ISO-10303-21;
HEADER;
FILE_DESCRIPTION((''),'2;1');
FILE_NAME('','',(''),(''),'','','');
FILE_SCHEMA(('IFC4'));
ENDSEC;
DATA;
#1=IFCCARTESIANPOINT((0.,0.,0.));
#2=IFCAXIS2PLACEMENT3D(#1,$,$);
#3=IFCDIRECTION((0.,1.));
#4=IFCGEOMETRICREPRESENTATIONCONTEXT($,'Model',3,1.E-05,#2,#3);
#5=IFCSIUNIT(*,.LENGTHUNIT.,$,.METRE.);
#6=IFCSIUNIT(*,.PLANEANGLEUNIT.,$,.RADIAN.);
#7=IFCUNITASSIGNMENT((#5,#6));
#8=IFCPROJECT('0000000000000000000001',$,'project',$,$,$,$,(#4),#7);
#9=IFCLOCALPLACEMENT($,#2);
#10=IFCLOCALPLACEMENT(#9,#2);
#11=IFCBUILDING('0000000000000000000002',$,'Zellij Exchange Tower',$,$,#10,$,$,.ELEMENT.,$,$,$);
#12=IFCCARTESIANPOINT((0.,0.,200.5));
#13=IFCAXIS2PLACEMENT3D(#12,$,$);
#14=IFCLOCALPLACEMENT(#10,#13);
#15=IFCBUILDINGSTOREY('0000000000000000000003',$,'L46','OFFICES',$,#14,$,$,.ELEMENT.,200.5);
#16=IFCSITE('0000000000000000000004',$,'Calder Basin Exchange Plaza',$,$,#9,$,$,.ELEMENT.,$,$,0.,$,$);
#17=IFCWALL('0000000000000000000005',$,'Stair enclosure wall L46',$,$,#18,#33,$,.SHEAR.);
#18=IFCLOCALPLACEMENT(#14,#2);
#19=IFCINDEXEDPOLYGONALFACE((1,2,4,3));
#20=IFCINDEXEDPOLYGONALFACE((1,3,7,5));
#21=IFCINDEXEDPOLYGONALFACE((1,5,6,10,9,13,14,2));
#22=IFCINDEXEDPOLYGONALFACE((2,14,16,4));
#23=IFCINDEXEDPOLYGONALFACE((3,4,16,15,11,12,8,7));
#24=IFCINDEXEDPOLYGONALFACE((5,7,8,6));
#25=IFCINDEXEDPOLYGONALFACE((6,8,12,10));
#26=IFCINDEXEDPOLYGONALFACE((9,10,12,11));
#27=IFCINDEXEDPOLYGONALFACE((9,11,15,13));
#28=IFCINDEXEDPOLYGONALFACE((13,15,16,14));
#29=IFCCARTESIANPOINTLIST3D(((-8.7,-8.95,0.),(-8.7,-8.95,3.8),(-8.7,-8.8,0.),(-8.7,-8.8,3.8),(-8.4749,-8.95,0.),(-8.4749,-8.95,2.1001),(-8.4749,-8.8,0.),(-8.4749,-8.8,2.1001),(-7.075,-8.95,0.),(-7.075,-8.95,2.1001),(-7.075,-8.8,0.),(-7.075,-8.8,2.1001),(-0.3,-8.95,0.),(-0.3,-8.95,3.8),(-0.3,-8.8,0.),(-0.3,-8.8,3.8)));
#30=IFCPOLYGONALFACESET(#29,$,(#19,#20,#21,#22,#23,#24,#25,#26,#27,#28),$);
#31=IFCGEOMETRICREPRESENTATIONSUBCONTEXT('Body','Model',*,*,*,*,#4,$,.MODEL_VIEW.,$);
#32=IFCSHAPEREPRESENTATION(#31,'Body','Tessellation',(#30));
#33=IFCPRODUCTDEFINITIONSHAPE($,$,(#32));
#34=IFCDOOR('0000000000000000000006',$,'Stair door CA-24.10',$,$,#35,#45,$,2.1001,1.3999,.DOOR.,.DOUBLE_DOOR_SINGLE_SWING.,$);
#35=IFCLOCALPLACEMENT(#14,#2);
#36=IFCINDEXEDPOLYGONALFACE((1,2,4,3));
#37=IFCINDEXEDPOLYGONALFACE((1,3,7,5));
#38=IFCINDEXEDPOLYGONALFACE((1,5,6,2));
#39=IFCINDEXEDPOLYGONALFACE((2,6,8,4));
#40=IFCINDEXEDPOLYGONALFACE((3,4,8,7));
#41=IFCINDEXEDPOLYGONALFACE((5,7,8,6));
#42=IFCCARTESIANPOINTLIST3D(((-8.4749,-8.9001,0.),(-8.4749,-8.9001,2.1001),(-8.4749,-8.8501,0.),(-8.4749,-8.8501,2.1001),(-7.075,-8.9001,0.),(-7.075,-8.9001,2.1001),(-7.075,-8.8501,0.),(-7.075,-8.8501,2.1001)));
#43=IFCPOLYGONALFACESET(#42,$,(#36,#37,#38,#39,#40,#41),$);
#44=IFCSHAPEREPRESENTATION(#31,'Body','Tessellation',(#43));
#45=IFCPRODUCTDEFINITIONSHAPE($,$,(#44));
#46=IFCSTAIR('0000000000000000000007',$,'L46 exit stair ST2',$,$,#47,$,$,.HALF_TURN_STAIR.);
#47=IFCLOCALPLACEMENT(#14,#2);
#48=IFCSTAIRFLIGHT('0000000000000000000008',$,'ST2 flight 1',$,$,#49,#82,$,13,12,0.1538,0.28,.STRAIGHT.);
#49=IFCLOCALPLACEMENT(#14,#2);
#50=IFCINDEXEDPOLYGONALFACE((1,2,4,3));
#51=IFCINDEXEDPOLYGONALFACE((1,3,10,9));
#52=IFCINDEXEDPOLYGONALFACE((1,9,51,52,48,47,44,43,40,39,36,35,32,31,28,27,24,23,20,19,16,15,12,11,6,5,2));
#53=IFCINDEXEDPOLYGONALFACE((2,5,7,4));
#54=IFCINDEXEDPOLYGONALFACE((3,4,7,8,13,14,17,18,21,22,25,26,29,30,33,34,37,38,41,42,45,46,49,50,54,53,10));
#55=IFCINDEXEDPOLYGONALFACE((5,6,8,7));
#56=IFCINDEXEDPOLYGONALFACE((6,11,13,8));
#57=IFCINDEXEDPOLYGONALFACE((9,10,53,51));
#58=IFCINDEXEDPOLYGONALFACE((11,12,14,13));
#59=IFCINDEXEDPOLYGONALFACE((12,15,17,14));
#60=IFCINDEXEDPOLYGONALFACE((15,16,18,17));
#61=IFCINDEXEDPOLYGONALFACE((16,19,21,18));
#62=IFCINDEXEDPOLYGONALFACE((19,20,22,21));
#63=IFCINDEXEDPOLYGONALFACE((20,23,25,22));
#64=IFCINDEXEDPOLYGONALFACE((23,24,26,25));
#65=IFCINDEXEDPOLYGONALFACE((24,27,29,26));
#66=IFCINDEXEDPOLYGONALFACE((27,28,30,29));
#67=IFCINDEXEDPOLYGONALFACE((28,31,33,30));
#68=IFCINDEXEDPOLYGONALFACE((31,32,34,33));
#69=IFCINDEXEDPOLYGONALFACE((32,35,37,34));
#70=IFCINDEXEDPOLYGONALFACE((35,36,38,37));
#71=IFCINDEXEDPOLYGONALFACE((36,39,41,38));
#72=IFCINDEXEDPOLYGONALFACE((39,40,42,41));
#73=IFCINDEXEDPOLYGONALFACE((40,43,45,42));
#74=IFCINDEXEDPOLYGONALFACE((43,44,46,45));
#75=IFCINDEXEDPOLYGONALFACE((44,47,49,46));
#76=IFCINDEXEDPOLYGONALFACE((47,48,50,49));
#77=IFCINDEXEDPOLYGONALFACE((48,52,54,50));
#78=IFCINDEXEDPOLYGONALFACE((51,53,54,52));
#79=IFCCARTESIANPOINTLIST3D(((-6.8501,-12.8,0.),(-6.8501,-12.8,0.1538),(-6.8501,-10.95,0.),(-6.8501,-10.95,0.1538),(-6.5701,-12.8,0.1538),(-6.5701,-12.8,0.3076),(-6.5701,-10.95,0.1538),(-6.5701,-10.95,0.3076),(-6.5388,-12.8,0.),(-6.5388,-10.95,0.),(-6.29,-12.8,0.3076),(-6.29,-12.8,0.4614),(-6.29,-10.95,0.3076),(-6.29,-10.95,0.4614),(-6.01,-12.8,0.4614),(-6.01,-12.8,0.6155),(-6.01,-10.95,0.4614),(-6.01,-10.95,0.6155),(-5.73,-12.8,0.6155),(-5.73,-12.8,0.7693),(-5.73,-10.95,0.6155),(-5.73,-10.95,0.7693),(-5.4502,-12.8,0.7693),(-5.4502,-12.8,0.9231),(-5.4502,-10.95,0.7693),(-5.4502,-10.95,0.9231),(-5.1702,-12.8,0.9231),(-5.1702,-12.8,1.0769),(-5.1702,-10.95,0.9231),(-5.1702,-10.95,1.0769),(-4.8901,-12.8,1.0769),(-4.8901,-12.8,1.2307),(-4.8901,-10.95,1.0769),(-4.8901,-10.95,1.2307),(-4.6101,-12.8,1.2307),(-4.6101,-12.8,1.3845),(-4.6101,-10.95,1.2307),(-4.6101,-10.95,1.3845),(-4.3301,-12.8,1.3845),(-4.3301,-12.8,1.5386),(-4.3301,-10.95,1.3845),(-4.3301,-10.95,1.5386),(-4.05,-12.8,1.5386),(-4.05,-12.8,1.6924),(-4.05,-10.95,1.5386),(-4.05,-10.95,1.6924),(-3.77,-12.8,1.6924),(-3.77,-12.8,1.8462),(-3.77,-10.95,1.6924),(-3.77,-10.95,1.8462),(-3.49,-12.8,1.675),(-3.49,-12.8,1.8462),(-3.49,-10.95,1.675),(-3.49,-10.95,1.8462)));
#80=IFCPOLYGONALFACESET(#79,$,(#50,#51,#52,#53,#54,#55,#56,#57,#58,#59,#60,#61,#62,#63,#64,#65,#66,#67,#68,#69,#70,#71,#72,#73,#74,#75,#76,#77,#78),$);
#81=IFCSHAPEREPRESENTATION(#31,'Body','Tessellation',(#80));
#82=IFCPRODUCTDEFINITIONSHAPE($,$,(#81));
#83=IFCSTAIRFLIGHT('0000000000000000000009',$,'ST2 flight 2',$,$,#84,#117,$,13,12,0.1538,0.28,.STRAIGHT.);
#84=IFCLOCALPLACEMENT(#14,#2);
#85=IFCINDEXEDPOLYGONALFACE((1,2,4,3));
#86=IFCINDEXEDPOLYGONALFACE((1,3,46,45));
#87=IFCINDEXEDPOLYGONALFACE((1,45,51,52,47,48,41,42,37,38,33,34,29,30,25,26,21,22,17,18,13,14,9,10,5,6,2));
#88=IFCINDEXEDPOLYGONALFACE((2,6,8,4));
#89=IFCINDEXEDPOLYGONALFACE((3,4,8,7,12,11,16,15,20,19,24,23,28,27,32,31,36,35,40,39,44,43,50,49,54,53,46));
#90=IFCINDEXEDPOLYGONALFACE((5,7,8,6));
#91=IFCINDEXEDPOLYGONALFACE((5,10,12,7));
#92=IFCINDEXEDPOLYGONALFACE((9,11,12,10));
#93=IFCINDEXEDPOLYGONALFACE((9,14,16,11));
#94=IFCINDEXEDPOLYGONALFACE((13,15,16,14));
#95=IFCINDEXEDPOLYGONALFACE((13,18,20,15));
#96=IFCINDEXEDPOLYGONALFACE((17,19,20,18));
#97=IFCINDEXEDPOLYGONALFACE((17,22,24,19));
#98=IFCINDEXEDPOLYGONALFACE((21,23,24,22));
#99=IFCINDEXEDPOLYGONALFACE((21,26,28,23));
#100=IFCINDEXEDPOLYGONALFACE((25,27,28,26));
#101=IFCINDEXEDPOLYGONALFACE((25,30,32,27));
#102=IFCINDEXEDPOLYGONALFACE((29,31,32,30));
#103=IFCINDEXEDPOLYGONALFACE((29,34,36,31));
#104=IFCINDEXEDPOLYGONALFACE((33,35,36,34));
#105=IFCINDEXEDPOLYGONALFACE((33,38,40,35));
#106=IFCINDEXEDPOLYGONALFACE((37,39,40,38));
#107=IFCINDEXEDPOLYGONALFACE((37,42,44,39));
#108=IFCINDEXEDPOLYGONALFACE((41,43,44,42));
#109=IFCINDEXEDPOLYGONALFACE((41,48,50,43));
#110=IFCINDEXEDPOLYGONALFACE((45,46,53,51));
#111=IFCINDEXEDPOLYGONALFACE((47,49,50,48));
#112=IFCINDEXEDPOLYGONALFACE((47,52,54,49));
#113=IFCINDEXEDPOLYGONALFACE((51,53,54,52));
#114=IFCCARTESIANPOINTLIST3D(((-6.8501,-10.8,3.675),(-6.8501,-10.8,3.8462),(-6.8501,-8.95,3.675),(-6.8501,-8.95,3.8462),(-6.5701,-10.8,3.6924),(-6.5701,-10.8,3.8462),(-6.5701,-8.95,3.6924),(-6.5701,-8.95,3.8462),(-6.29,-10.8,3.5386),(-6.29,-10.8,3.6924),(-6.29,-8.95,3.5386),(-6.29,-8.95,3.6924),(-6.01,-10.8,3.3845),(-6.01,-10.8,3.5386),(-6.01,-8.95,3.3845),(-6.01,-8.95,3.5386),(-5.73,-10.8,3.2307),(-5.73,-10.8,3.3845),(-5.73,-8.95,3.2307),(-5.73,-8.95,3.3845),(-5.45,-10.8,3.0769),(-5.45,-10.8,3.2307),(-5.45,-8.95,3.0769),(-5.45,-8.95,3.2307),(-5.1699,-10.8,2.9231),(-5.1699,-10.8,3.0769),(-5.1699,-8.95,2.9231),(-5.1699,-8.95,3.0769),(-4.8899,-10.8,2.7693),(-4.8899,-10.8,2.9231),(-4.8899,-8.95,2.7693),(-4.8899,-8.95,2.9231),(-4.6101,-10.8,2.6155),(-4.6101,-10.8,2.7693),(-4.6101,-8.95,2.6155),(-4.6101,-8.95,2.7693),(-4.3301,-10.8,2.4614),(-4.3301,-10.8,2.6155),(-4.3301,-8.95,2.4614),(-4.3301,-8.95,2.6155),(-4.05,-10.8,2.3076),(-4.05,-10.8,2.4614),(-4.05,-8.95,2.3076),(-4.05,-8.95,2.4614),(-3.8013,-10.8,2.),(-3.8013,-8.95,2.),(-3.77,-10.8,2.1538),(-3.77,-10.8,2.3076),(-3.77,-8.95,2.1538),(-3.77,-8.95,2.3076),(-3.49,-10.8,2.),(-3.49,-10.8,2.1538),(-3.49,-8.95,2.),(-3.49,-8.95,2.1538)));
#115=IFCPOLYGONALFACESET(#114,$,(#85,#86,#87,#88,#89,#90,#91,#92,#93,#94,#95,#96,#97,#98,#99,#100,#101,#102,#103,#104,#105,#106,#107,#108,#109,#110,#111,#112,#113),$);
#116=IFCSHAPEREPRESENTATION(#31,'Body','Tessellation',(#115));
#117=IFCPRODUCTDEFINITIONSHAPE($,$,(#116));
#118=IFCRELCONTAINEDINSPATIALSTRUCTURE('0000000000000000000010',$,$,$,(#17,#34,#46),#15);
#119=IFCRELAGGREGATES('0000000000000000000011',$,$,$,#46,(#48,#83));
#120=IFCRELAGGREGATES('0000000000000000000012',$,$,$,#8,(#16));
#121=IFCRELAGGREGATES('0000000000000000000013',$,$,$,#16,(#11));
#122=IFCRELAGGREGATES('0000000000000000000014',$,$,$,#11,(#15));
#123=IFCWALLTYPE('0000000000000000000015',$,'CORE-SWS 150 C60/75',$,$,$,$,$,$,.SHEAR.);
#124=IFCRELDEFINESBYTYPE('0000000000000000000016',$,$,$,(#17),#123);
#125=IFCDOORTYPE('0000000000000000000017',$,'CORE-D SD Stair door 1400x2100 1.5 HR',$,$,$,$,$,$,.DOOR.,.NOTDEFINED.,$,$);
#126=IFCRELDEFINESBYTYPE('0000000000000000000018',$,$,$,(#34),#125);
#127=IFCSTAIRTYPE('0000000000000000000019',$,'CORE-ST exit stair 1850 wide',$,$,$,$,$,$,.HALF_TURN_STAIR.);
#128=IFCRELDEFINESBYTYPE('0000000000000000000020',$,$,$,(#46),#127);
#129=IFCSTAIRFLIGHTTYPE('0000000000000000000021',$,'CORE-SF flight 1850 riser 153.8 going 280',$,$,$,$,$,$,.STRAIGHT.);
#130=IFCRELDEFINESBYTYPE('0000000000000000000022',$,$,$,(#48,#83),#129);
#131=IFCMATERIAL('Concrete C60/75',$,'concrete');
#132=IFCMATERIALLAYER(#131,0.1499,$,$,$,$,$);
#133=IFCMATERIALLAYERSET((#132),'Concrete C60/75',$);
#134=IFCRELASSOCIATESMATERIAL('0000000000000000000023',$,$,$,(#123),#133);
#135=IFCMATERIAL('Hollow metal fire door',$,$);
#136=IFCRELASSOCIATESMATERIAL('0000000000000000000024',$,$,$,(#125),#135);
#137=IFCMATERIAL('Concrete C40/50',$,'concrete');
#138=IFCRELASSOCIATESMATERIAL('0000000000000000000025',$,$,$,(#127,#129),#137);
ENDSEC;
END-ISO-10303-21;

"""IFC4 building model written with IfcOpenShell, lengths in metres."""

from ifc_helpers import new_model, si_unit, direction, frame, frame_2d, origin, place, context, subcontext, project, spatial, polyline, rectangle, outline, extrude, material, layer, layer_set, type_object, element, fill, aggregate, save


model = new_model("IFC4")

# Units and contexts
model_context = context("Model", 3, precision=1e-05, world=origin(), true_north=direction((0.0, 1.0)))
body_context = subcontext(model_context, "Body", "Model", "MODEL_VIEW")
ifc_project = project(units=[si_unit("LENGTHUNIT", "METRE"), si_unit("PLANEANGLEUNIT", "RADIAN")], contexts=[model_context])

# Site, building, storey
site_placement = place(None, origin())
site = spatial("IfcSite", under=ifc_project, at=site_placement, Name="Calder Basin Exchange Plaza", CompositionType="ELEMENT", RefElevation=0.0)
building_placement = place(site_placement, origin())
building = spatial("IfcBuilding", under=site, at=building_placement, Name="Zellij Exchange Tower", CompositionType="ELEMENT")
storey_placement = place(building_placement, frame((0.0, 0.0, 200.5)))
storey = spatial("IfcBuildingStorey", under=building, at=storey_placement, Name="L46", Description="OFFICES", CompositionType="ELEMENT", Elevation=200.5)

# Shared definitions
ifc_material_1 = material(Name="Concrete C60/75", Category="concrete")

# Shared definitions
ifc_material_2 = material(Name="Concrete C40/50", Category="concrete")

# Shared definitions
ifc_material_3 = material(Name="Hollow metal fire door")

# Wall, opening, door
ifc_layer_1 = layer(ifc_material_1, 0.1499)
ifc_layer_set_1 = layer_set([ifc_layer_1], Name="Concrete C60/75")
wall_type_1 = type_object("IfcWallType", Name="CORE-SWS 150 C60/75", PredefinedType="SHEAR", material=ifc_layer_set_1)
wall_1_placement = place(storey_placement, frame((-8.7, -8.875, 0.0), z_axis=(0.0, 0.0, 1.0), x_axis=(1.0, 0.0, 0.0)))
wall_1 = element("IfcWall", 1, at=wall_1_placement, inside=storey, type_object=wall_type_1, Name="Stair enclosure wall L46", PredefinedType="SHEAR", context=body_context, shape_type="SweptSolid", body=[
    extrude(rectangle(XDim=8.3999, YDim=0.1499, at=frame_2d((4.2, 0.0))), origin(), (0.0, 0.0, 1.0), 3.8),
])
opening_1_placement = place(wall_1_placement, frame((0.2251, 0.0, 0.0)))
opening_1 = element("IfcOpeningElement", 2, at=opening_1_placement, cuts=wall_1, PredefinedType="OPENING", context=body_context, shape_type="SweptSolid", body=[
    extrude(rectangle(XDim=1.3999, YDim=2.1001, at=frame_2d((0.7, 1.05))), frame((0.0, 0.0869, 0.0), z_axis=(0.0, -1.0, 0.0), x_axis=(1.0, 0.0, 0.0)), (0.0, 0.0, 1.0), 0.1738),
])
door_type_1 = type_object("IfcDoorType", Name="CORE-D SD Stair door 1400x2100 1.5 HR", OperationType="NOTDEFINED", PredefinedType="DOOR", material=ifc_material_3)
door_1_placement = place(opening_1_placement, origin())
door_1 = element("IfcDoor", 3, at=door_1_placement, inside=storey, type_object=door_type_1, Name="Stair door CA-24.10", OperationType="DOUBLE_DOOR_SINGLE_SWING", OverallHeight=2.1001, OverallWidth=1.3999, PredefinedType="DOOR", context=body_context, shape_type="SweptSolid", body=[
    extrude(rectangle(XDim=1.3999, YDim=2.1001, at=frame_2d((0.7, 1.05))), frame((0.0, 0.0249, 0.0), z_axis=(0.0, -1.0, 0.0), x_axis=(1.0, 0.0, 0.0)), (0.0, 0.0, 1.0), 0.05),
])
fill(opening_1, door_1)

# Stair, stair flights
stair_type = type_object("IfcStairType", Name="CORE-ST exit stair 1850 wide", PredefinedType="HALF_TURN_STAIR", material=ifc_material_2)
stair_placement = place(storey_placement, origin())
stair = element("IfcStair", 4, at=stair_placement, inside=storey, type_object=stair_type, Name="L46 exit stair ST2", PredefinedType="HALF_TURN_STAIR")
stair_flight_type = type_object("IfcStairFlightType", Name="CORE-SF flight 1850 riser 153.8 going 280", PredefinedType="STRAIGHT", material=ifc_material_2)
stair_flight_1_placement = place(storey_placement, frame((-6.8501, -11.875, 0.0), z_axis=(0.0, 0.0, 1.0), x_axis=(1.0, 0.0, 0.0)))
stair_flight_1 = element("IfcStairFlight", 5, at=stair_flight_1_placement, type_object=stair_flight_type, Name="ST2 flight 1", NumberOfRisers=13, NumberOfTreads=12, PredefinedType="STRAIGHT", RiserHeight=0.1538, TreadLength=0.28, context=body_context, shape_type="SweptSolid", body=[
    extrude(outline(polyline([(0.0, 0.0), (0.0, 0.1538), (0.28, 0.1538), (0.28, 0.3076), (0.5601, 0.3076), (0.5601, 0.4614), (0.8401, 0.4614), (0.8401, 0.6155), (1.1201, 0.6155), (1.1201, 0.7693), (1.3999, 0.7693), (1.3999, 0.9231), (1.6799, 0.9231), (1.6799, 1.0769), (1.96, 1.0769), (1.96, 1.2307), (2.24, 1.2307), (2.24, 1.3845), (2.52, 1.3845), (2.52, 1.5386), (2.8, 1.5386), (2.8, 1.6924), (3.0801, 1.6924), (3.0801, 1.8462), (3.3601, 1.8462), (3.3601, 2.0), (3.3601, 1.675), (0.3113, 0.0), (0.0, 0.0)])), frame((0.0, 0.925, 0.0), z_axis=(0.0, -1.0, 0.0), x_axis=(1.0, 0.0, 0.0)), (0.0, 0.0, 1.0), 1.8501),
])
stair_flight_2_placement = place(storey_placement, frame((-3.49, -9.875, 2.0), z_axis=(0.0, 0.0, 1.0), x_axis=(-1.0, 0.0, 0.0)))
stair_flight_2 = element("IfcStairFlight", 6, at=stair_flight_2_placement, type_object=stair_flight_type, Name="ST2 flight 2", NumberOfRisers=13, NumberOfTreads=12, PredefinedType="STRAIGHT", RiserHeight=0.1538, TreadLength=0.28, context=body_context, shape_type="SweptSolid", body=[
    extrude(outline(polyline([(0.0, 0.0), (0.0, 0.1538), (0.28, 0.1538), (0.28, 0.3076), (0.5601, 0.3076), (0.5601, 0.4614), (0.8401, 0.4614), (0.8401, 0.6155), (1.1201, 0.6155), (1.1201, 0.7693), (1.3999, 0.7693), (1.3999, 0.9231), (1.6799, 0.9231), (1.6799, 1.0769), (1.96, 1.0769), (1.96, 1.2307), (2.24, 1.2307), (2.24, 1.3845), (2.52, 1.3845), (2.52, 1.5386), (2.8, 1.5386), (2.8, 1.6924), (3.0801, 1.6924), (3.0801, 1.8462), (3.3601, 1.8462), (3.3601, 2.0), (3.3601, 1.675), (0.3113, 0.0), (0.0, 0.0)])), frame((0.0, 0.925, 0.0), z_axis=(0.0, -1.0, 0.0), x_axis=(1.0, 0.0, 0.0)), (0.0, 0.0, 1.0), 1.8501),
])
aggregate(stair, [stair_flight_1, stair_flight_2])

save(model, "model.ifc")
